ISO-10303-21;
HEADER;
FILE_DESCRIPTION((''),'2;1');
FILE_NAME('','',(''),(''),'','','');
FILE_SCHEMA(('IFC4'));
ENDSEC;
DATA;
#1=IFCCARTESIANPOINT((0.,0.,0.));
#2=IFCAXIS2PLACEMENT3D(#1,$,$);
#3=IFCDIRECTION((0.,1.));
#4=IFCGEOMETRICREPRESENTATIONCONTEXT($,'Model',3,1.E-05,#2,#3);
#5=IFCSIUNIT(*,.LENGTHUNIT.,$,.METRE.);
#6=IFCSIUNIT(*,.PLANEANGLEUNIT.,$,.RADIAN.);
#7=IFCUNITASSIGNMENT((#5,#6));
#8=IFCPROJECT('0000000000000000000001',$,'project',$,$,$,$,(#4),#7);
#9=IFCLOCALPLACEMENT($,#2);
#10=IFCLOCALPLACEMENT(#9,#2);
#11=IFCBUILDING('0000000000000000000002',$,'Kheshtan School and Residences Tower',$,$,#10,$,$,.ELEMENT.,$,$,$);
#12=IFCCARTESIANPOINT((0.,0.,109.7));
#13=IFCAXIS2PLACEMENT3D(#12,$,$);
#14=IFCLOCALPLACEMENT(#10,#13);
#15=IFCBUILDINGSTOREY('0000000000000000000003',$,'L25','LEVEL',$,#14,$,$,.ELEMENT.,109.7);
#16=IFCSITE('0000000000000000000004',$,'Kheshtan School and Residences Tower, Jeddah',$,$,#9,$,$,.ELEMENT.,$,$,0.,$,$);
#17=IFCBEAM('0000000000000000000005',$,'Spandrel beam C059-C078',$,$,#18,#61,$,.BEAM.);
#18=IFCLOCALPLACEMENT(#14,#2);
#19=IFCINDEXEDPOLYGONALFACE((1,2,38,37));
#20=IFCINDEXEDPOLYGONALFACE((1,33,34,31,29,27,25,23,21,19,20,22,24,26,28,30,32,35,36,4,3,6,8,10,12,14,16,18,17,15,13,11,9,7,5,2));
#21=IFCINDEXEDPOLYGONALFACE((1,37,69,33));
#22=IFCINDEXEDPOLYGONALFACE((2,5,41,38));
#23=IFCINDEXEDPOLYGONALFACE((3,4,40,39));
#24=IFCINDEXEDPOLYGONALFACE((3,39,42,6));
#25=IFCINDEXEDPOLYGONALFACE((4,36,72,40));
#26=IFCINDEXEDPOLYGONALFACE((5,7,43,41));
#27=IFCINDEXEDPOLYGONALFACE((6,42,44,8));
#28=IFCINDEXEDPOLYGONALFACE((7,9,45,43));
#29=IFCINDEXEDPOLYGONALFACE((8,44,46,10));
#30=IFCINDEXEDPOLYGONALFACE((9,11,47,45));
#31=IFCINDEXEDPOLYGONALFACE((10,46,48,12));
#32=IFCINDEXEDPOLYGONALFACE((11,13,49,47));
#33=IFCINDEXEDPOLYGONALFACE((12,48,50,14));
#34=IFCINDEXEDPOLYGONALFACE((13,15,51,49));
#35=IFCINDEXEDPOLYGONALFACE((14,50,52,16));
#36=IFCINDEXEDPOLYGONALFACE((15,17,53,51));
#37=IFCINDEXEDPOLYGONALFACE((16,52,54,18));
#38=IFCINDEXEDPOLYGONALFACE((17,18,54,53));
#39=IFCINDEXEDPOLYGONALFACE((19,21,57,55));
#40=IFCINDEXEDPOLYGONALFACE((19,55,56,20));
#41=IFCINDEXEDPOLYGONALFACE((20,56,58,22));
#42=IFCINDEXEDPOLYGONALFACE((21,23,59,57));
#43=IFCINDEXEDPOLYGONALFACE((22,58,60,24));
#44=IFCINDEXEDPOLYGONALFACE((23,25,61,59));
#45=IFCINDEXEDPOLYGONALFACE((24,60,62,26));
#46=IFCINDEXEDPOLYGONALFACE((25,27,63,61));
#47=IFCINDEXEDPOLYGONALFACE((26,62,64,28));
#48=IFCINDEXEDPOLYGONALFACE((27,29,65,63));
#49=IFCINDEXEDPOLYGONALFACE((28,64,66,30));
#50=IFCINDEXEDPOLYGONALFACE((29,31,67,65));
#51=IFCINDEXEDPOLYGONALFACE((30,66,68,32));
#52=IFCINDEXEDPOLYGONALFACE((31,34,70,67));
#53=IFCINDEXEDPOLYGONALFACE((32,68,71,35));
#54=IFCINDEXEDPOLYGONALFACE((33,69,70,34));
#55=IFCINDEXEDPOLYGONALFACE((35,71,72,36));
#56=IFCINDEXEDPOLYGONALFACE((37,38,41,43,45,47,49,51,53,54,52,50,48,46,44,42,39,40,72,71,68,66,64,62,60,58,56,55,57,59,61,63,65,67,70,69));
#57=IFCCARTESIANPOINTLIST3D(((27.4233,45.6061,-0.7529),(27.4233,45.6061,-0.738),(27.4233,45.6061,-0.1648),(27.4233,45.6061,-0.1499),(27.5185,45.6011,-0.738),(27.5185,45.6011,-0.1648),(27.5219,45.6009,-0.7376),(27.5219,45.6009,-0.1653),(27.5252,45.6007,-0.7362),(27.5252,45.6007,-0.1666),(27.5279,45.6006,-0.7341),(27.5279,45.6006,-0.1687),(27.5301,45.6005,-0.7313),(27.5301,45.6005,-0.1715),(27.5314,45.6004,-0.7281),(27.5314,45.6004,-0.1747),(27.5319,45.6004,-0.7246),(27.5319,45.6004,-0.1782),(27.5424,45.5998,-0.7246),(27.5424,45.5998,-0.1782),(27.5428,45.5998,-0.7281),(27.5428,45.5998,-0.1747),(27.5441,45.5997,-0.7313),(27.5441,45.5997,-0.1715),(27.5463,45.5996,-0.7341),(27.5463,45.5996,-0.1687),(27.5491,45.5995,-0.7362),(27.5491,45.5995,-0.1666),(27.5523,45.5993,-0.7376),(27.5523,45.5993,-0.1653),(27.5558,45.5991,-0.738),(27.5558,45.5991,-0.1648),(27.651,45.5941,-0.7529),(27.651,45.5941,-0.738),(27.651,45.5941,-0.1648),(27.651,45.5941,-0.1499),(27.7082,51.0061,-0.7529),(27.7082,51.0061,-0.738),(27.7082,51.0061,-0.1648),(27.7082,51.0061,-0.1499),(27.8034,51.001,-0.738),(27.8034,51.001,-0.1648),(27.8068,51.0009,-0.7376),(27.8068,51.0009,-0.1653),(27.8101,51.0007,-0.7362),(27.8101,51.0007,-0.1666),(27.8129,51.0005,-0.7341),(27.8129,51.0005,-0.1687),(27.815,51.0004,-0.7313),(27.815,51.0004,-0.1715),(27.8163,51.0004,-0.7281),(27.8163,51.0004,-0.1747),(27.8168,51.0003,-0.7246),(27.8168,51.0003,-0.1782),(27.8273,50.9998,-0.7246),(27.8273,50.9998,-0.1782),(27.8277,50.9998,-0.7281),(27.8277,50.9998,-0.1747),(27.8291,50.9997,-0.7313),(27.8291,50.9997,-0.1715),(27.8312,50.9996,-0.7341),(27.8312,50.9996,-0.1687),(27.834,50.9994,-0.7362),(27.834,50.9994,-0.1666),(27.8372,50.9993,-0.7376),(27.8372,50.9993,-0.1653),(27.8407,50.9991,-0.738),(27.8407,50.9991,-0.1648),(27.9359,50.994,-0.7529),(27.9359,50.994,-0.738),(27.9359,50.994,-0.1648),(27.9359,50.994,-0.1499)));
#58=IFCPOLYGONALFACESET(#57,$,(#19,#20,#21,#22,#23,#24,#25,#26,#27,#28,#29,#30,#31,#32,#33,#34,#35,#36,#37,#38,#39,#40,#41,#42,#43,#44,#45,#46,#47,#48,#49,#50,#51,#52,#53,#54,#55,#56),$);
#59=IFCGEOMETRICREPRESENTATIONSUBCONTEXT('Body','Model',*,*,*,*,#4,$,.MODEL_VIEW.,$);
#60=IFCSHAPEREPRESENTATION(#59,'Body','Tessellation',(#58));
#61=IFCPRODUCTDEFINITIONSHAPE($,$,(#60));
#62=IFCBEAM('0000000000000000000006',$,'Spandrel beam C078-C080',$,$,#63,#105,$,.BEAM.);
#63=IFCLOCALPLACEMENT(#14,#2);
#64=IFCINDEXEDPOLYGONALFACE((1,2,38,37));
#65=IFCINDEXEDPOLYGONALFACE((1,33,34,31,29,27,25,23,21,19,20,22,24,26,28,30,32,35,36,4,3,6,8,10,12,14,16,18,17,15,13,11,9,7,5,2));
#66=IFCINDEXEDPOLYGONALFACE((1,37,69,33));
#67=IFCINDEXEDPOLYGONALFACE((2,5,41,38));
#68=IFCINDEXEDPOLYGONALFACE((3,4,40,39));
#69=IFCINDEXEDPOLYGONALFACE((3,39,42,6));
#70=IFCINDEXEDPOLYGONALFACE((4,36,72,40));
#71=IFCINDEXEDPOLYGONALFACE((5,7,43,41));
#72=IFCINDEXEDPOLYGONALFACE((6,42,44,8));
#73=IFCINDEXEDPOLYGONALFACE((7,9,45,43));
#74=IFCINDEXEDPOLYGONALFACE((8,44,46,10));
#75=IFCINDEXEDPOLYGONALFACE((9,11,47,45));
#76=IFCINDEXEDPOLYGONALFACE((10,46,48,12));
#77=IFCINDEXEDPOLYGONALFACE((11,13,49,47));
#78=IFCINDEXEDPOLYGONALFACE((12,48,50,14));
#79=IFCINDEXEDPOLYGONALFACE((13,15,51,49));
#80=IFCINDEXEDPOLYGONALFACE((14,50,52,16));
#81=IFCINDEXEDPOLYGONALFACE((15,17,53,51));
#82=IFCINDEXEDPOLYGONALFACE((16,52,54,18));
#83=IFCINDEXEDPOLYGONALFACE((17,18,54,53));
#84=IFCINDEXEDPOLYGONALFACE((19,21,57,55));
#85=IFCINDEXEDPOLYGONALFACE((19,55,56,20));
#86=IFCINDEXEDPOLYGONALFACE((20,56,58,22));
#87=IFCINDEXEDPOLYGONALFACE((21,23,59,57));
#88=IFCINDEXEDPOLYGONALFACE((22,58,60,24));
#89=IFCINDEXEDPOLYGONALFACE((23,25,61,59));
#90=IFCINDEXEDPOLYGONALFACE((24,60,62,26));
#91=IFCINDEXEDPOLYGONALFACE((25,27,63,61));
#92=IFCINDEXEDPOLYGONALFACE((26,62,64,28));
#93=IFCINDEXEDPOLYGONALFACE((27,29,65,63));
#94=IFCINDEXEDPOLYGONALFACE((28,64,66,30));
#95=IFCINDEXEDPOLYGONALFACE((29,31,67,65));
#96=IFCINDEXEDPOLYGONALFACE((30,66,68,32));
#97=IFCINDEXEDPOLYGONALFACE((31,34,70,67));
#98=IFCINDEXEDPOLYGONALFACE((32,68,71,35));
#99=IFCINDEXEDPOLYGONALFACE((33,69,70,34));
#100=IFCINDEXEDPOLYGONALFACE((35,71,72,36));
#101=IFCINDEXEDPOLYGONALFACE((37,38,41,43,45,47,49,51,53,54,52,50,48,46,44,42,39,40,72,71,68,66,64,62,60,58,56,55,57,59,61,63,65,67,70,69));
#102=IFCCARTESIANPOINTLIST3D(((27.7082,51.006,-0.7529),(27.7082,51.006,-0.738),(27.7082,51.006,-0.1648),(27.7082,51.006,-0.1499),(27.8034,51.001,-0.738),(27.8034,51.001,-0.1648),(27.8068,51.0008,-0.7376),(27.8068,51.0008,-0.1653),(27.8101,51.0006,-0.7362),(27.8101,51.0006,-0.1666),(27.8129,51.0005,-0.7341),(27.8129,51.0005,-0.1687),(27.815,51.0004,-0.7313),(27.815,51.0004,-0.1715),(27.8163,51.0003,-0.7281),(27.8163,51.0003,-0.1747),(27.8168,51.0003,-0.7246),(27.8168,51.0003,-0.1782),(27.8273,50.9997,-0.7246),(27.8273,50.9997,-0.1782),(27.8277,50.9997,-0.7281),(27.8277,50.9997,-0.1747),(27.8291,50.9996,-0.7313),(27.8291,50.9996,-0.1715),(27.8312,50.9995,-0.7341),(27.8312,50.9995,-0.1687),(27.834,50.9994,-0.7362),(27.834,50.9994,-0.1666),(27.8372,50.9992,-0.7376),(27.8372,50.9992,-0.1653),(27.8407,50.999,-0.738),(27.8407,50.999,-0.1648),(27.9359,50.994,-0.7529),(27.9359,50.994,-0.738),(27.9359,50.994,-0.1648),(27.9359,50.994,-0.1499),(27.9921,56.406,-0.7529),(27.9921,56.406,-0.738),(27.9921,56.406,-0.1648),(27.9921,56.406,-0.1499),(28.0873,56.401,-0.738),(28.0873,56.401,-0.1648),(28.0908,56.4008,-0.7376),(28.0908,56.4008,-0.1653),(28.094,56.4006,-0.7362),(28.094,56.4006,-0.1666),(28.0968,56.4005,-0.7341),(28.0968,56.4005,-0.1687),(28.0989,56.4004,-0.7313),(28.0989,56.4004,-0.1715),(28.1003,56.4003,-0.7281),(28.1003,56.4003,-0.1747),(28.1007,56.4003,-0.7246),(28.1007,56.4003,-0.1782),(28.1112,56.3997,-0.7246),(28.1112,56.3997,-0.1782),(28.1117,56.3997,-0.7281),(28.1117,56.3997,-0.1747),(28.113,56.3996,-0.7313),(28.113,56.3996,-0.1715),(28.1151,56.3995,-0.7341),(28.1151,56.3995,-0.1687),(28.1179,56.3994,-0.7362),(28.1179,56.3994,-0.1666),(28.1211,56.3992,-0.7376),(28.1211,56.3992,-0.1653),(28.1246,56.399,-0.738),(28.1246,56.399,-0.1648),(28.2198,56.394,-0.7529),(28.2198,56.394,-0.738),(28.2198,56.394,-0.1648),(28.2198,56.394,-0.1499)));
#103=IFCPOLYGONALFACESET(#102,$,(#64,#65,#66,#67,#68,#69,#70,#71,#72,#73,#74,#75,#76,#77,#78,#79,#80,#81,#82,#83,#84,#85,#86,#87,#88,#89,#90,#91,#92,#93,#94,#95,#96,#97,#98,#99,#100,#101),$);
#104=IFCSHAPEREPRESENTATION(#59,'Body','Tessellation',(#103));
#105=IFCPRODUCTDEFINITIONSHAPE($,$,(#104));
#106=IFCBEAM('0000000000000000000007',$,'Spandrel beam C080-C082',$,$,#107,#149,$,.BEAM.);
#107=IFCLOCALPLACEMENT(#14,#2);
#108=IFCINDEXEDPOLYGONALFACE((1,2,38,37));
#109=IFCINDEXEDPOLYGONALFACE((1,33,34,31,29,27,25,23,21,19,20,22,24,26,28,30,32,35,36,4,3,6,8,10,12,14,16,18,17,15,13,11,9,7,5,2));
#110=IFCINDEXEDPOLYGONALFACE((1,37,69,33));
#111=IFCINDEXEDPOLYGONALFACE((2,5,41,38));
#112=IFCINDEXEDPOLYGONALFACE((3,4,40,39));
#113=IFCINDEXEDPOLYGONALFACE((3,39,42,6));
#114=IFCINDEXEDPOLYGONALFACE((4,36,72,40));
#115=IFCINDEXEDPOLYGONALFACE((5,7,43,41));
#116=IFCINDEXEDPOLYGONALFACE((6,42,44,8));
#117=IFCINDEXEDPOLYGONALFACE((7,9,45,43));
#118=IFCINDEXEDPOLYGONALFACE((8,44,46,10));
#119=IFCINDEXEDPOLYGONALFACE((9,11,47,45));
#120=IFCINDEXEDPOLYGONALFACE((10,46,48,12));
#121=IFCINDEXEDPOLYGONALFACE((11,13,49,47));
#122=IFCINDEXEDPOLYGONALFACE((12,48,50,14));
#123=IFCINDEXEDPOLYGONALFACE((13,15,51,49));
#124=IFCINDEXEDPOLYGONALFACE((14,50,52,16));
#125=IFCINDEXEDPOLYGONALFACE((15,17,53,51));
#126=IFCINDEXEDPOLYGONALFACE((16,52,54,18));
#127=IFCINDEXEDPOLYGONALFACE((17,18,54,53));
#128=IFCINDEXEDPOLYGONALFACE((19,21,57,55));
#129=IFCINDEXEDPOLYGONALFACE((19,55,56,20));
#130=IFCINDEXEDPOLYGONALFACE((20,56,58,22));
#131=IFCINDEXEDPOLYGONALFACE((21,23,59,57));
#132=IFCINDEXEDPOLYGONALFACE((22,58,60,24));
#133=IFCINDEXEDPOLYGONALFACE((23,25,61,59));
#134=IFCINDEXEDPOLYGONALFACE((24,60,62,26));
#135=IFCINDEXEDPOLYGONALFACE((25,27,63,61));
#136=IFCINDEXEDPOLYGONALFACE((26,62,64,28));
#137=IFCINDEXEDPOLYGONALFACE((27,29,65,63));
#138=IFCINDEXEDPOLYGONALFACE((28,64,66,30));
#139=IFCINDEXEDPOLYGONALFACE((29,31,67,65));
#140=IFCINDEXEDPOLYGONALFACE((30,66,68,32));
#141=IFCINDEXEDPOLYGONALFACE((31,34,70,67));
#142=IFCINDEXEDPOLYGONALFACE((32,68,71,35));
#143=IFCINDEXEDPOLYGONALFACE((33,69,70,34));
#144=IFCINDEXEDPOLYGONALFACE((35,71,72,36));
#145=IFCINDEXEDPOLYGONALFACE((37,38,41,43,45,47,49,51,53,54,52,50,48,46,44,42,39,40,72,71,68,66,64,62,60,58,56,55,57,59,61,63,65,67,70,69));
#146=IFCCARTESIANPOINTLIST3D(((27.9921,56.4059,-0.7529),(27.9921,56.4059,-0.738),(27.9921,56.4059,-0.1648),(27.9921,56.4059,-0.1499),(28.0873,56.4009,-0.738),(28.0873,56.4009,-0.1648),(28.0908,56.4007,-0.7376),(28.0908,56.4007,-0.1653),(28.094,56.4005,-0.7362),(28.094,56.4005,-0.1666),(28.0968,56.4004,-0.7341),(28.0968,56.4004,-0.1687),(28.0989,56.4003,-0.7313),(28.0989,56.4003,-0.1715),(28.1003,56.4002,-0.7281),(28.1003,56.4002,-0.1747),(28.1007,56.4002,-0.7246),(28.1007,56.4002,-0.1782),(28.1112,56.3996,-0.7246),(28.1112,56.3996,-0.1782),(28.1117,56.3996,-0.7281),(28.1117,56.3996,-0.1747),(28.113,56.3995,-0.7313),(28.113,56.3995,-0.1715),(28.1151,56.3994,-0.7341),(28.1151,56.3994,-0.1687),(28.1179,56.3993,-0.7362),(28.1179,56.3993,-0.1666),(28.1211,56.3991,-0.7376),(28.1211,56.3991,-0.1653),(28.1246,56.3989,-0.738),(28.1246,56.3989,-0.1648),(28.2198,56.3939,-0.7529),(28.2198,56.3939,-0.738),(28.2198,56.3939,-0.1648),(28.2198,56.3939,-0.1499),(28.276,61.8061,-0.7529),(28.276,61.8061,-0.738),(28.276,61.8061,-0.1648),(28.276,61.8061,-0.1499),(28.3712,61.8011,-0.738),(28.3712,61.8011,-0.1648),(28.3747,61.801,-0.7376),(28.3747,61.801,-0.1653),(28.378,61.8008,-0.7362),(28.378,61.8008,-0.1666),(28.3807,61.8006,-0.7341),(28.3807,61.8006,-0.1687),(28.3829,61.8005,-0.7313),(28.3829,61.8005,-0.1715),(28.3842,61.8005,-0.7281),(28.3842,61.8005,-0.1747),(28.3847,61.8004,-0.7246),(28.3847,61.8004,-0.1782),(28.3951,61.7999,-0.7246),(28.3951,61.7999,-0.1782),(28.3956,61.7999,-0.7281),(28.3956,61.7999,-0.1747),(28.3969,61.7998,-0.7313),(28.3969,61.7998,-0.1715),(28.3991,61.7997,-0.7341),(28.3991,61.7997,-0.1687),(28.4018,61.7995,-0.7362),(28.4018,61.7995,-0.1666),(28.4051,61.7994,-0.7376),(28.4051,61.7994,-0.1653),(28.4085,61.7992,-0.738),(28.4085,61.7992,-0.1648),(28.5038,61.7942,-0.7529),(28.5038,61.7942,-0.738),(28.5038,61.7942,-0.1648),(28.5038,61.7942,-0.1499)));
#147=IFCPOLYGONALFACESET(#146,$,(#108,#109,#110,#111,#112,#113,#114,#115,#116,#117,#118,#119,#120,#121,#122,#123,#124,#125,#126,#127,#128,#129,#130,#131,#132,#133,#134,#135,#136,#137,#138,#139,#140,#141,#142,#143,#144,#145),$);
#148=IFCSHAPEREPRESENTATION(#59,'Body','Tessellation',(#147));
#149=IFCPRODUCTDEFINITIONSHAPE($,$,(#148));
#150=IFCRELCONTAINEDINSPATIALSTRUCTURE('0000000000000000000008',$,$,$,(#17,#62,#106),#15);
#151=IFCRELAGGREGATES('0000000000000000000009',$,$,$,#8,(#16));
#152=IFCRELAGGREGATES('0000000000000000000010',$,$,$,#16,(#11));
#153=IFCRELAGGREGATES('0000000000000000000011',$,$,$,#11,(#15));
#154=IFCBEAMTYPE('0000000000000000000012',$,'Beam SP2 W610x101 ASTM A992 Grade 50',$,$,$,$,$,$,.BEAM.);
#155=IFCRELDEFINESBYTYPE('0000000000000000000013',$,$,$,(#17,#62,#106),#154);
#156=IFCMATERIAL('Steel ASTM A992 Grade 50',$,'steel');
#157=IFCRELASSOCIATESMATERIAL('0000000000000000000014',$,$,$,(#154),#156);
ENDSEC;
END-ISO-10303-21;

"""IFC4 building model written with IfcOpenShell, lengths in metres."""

from ifc_helpers import new_model, si_unit, direction, frame, origin, origin_2d, place, context, subcontext, project, spatial, i_section, extrude, material, material_profile, profile_set, type_object, element, save


model = new_model("IFC4")

# Units and contexts
model_context = context("Model", 3, precision=1e-05, world=origin(), true_north=direction((0.0, 1.0)))
body_context = subcontext(model_context, "Body", "Model", "MODEL_VIEW")
ifc_project = project(units=[si_unit("LENGTHUNIT", "METRE"), si_unit("PLANEANGLEUNIT", "RADIAN")], contexts=[model_context])

# Site, building, storey
site_placement = place(None, origin())
site = spatial("IfcSite", under=ifc_project, at=site_placement, Name="Kheshtan School and Residences Tower, Jeddah", CompositionType="ELEMENT", RefElevation=0.0)
building_placement = place(site_placement, origin())
building = spatial("IfcBuilding", under=site, at=building_placement, Name="Kheshtan School and Residences Tower", CompositionType="ELEMENT")
storey_placement = place(building_placement, frame((0.0, 0.0, 109.7)))
storey = spatial("IfcBuildingStorey", under=building, at=storey_placement, Name="L25", Description="LEVEL", CompositionType="ELEMENT", Elevation=109.7)

# Shared definitions
ifc_material_1 = material(Name="Steel ASTM A992 Grade 50", Category="steel")

# Beams
ifc_material_profile_1 = material_profile(ifc_material_1, i_section(OverallWidth=0.228, OverallDepth=0.603, WebThickness=0.0105, FlangeThickness=0.0149, FilletRadius=0.0134, at=origin_2d()), Name="W610x101")
ifc_profile_set_1 = profile_set([ifc_material_profile_1], Name="Steel ASTM A992 Grade 50")
beam_type_1 = type_object("IfcBeamType", Name="Beam SP2 W610x101 ASTM A992 Grade 50", PredefinedType="BEAM", material=ifc_profile_set_1)
for number, where, z_axis, x_axis, name in (
    (1, (27.5371, 45.6001, -0.4514), (0.052689, 0.998611, 0.0), (-0.998611, 0.052689, 0.0), "Spandrel beam C059-C078"),
    (2, (27.822, 51.0, -0.4514), (0.052509, 0.99862, 0.0), (-0.99862, 0.052509, 0.0), "Spandrel beam C078-C080"),
):
    element("IfcBeam", number, at=place(storey_placement, frame(where, z_axis=z_axis, x_axis=x_axis)), inside=storey, type_object=beam_type_1, Name=name, PredefinedType="BEAM", context=body_context, shape_type="SweptSolid", body=[
        extrude(i_section(OverallWidth=0.228, OverallDepth=0.603, WebThickness=0.0105, FlangeThickness=0.0149, FilletRadius=0.0134, at=origin_2d()), origin(), (0.0, 0.0, 1.0), 5.4075),
    ])
beam_1_placement = place(storey_placement, frame((28.106, 56.3999, -0.4514), z_axis=(0.052507, 0.998621, 0.0), x_axis=(-0.998621, 0.052507, 0.0)))
element("IfcBeam", 3, at=beam_1_placement, inside=storey, type_object=beam_type_1, Name="Spandrel beam C080-C082", PredefinedType="BEAM", context=body_context, shape_type="SweptSolid", body=[
    extrude(i_section(OverallWidth=0.228, OverallDepth=0.603, WebThickness=0.0105, FlangeThickness=0.0149, FilletRadius=0.0134, at=origin_2d()), origin(), (0.0, 0.0, 1.0), 5.4077),
])

save(model, "model.ifc")
